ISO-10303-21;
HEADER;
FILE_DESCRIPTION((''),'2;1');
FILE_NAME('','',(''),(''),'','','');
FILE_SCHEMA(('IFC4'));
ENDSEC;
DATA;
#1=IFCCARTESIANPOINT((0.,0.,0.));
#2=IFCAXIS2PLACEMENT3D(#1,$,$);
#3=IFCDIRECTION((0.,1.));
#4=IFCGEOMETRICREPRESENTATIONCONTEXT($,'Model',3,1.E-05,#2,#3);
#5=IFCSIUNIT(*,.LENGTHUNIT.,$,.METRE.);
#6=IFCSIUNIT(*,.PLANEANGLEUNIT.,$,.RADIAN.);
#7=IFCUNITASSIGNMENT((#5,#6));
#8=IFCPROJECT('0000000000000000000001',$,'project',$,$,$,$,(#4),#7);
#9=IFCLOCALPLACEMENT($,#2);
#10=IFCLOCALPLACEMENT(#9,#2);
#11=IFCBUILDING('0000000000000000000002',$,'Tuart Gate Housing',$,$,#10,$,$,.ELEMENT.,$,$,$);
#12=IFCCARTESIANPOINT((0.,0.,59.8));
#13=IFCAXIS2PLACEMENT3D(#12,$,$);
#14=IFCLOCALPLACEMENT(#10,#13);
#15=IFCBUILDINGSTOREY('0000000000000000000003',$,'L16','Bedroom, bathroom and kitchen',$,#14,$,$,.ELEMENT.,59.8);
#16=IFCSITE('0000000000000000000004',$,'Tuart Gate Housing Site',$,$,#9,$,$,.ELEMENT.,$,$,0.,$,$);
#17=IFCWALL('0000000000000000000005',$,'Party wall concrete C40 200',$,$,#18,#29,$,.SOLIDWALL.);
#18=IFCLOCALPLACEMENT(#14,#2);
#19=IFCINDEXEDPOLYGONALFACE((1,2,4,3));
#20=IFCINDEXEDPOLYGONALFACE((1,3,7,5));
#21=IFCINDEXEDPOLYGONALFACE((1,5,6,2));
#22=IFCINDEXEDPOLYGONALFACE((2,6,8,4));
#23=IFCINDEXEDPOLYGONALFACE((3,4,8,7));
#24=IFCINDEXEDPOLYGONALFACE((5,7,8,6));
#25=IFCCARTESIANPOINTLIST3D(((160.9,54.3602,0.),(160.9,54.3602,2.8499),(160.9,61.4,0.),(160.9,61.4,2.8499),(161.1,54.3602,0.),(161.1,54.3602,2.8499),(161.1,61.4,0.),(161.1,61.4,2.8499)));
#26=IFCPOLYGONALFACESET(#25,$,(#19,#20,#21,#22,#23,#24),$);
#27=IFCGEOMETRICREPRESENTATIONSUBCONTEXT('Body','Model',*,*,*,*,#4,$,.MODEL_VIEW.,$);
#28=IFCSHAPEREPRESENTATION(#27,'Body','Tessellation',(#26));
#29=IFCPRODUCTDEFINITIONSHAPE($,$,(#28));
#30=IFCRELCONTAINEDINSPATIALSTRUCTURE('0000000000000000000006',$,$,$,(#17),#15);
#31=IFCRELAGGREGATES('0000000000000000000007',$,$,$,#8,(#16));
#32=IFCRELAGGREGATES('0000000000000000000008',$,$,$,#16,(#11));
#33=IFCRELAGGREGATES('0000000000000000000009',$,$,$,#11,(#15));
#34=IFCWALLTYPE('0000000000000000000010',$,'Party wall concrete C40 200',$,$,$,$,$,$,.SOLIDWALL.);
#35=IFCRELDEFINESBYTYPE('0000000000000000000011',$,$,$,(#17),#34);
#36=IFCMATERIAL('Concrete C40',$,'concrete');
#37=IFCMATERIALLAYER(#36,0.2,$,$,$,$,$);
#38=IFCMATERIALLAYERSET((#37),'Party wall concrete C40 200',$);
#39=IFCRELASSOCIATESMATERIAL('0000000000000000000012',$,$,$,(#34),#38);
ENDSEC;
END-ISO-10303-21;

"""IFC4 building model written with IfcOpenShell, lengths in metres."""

from ifc_helpers import new_model, si_unit, direction, frame, frame_2d, origin, place, context, subcontext, project, spatial, rectangle, extrude, material, layer, layer_set, type_object, element, save


model = new_model("IFC4")

# Units and contexts
model_context = context("Model", 3, precision=1e-05, world=origin(), true_north=direction((0.0, 1.0)))
body_context = subcontext(model_context, "Body", "Model", "MODEL_VIEW")
ifc_project = project(units=[si_unit("LENGTHUNIT", "METRE"), si_unit("PLANEANGLEUNIT", "RADIAN")], contexts=[model_context])

# Site, building, storey
site_placement = place(None, origin())
site = spatial("IfcSite", under=ifc_project, at=site_placement, Name="Tuart Gate Housing Site", CompositionType="ELEMENT", RefElevation=0.0)
building_placement = place(site_placement, origin())
building = spatial("IfcBuilding", under=site, at=building_placement, Name="Tuart Gate Housing", CompositionType="ELEMENT")
storey_placement = place(building_placement, frame((0.0, 0.0, 59.8)))
storey = spatial("IfcBuildingStorey", under=building, at=storey_placement, Name="L16", Description="Bedroom, bathroom and kitchen", CompositionType="ELEMENT", Elevation=59.8)

# Wall
ifc_material_1 = material(Name="Concrete C40", Category="concrete")
ifc_layer_1 = layer(ifc_material_1, 0.2)
ifc_layer_set_1 = layer_set([ifc_layer_1], Name="Party wall concrete C40 200")
wall_type_1 = type_object("IfcWallType", Name="Party wall concrete C40 200", PredefinedType="SOLIDWALL", material=ifc_layer_set_1)
wall_1_placement = place(storey_placement, frame((161.0, 54.3601, 0.0), z_axis=(0.0, 0.0, 1.0), x_axis=(0.0, 1.0, 0.0)))
element("IfcWall", 1, at=wall_1_placement, inside=storey, type_object=wall_type_1, Name="Party wall concrete C40 200", PredefinedType="SOLIDWALL", context=body_context, shape_type="SweptSolid", body=[
    extrude(rectangle(XDim=7.0398, YDim=0.2, at=frame_2d((3.52, 0.0))), origin(), (0.0, 0.0, 1.0), 2.8499),
])

save(model, "model.ifc")
